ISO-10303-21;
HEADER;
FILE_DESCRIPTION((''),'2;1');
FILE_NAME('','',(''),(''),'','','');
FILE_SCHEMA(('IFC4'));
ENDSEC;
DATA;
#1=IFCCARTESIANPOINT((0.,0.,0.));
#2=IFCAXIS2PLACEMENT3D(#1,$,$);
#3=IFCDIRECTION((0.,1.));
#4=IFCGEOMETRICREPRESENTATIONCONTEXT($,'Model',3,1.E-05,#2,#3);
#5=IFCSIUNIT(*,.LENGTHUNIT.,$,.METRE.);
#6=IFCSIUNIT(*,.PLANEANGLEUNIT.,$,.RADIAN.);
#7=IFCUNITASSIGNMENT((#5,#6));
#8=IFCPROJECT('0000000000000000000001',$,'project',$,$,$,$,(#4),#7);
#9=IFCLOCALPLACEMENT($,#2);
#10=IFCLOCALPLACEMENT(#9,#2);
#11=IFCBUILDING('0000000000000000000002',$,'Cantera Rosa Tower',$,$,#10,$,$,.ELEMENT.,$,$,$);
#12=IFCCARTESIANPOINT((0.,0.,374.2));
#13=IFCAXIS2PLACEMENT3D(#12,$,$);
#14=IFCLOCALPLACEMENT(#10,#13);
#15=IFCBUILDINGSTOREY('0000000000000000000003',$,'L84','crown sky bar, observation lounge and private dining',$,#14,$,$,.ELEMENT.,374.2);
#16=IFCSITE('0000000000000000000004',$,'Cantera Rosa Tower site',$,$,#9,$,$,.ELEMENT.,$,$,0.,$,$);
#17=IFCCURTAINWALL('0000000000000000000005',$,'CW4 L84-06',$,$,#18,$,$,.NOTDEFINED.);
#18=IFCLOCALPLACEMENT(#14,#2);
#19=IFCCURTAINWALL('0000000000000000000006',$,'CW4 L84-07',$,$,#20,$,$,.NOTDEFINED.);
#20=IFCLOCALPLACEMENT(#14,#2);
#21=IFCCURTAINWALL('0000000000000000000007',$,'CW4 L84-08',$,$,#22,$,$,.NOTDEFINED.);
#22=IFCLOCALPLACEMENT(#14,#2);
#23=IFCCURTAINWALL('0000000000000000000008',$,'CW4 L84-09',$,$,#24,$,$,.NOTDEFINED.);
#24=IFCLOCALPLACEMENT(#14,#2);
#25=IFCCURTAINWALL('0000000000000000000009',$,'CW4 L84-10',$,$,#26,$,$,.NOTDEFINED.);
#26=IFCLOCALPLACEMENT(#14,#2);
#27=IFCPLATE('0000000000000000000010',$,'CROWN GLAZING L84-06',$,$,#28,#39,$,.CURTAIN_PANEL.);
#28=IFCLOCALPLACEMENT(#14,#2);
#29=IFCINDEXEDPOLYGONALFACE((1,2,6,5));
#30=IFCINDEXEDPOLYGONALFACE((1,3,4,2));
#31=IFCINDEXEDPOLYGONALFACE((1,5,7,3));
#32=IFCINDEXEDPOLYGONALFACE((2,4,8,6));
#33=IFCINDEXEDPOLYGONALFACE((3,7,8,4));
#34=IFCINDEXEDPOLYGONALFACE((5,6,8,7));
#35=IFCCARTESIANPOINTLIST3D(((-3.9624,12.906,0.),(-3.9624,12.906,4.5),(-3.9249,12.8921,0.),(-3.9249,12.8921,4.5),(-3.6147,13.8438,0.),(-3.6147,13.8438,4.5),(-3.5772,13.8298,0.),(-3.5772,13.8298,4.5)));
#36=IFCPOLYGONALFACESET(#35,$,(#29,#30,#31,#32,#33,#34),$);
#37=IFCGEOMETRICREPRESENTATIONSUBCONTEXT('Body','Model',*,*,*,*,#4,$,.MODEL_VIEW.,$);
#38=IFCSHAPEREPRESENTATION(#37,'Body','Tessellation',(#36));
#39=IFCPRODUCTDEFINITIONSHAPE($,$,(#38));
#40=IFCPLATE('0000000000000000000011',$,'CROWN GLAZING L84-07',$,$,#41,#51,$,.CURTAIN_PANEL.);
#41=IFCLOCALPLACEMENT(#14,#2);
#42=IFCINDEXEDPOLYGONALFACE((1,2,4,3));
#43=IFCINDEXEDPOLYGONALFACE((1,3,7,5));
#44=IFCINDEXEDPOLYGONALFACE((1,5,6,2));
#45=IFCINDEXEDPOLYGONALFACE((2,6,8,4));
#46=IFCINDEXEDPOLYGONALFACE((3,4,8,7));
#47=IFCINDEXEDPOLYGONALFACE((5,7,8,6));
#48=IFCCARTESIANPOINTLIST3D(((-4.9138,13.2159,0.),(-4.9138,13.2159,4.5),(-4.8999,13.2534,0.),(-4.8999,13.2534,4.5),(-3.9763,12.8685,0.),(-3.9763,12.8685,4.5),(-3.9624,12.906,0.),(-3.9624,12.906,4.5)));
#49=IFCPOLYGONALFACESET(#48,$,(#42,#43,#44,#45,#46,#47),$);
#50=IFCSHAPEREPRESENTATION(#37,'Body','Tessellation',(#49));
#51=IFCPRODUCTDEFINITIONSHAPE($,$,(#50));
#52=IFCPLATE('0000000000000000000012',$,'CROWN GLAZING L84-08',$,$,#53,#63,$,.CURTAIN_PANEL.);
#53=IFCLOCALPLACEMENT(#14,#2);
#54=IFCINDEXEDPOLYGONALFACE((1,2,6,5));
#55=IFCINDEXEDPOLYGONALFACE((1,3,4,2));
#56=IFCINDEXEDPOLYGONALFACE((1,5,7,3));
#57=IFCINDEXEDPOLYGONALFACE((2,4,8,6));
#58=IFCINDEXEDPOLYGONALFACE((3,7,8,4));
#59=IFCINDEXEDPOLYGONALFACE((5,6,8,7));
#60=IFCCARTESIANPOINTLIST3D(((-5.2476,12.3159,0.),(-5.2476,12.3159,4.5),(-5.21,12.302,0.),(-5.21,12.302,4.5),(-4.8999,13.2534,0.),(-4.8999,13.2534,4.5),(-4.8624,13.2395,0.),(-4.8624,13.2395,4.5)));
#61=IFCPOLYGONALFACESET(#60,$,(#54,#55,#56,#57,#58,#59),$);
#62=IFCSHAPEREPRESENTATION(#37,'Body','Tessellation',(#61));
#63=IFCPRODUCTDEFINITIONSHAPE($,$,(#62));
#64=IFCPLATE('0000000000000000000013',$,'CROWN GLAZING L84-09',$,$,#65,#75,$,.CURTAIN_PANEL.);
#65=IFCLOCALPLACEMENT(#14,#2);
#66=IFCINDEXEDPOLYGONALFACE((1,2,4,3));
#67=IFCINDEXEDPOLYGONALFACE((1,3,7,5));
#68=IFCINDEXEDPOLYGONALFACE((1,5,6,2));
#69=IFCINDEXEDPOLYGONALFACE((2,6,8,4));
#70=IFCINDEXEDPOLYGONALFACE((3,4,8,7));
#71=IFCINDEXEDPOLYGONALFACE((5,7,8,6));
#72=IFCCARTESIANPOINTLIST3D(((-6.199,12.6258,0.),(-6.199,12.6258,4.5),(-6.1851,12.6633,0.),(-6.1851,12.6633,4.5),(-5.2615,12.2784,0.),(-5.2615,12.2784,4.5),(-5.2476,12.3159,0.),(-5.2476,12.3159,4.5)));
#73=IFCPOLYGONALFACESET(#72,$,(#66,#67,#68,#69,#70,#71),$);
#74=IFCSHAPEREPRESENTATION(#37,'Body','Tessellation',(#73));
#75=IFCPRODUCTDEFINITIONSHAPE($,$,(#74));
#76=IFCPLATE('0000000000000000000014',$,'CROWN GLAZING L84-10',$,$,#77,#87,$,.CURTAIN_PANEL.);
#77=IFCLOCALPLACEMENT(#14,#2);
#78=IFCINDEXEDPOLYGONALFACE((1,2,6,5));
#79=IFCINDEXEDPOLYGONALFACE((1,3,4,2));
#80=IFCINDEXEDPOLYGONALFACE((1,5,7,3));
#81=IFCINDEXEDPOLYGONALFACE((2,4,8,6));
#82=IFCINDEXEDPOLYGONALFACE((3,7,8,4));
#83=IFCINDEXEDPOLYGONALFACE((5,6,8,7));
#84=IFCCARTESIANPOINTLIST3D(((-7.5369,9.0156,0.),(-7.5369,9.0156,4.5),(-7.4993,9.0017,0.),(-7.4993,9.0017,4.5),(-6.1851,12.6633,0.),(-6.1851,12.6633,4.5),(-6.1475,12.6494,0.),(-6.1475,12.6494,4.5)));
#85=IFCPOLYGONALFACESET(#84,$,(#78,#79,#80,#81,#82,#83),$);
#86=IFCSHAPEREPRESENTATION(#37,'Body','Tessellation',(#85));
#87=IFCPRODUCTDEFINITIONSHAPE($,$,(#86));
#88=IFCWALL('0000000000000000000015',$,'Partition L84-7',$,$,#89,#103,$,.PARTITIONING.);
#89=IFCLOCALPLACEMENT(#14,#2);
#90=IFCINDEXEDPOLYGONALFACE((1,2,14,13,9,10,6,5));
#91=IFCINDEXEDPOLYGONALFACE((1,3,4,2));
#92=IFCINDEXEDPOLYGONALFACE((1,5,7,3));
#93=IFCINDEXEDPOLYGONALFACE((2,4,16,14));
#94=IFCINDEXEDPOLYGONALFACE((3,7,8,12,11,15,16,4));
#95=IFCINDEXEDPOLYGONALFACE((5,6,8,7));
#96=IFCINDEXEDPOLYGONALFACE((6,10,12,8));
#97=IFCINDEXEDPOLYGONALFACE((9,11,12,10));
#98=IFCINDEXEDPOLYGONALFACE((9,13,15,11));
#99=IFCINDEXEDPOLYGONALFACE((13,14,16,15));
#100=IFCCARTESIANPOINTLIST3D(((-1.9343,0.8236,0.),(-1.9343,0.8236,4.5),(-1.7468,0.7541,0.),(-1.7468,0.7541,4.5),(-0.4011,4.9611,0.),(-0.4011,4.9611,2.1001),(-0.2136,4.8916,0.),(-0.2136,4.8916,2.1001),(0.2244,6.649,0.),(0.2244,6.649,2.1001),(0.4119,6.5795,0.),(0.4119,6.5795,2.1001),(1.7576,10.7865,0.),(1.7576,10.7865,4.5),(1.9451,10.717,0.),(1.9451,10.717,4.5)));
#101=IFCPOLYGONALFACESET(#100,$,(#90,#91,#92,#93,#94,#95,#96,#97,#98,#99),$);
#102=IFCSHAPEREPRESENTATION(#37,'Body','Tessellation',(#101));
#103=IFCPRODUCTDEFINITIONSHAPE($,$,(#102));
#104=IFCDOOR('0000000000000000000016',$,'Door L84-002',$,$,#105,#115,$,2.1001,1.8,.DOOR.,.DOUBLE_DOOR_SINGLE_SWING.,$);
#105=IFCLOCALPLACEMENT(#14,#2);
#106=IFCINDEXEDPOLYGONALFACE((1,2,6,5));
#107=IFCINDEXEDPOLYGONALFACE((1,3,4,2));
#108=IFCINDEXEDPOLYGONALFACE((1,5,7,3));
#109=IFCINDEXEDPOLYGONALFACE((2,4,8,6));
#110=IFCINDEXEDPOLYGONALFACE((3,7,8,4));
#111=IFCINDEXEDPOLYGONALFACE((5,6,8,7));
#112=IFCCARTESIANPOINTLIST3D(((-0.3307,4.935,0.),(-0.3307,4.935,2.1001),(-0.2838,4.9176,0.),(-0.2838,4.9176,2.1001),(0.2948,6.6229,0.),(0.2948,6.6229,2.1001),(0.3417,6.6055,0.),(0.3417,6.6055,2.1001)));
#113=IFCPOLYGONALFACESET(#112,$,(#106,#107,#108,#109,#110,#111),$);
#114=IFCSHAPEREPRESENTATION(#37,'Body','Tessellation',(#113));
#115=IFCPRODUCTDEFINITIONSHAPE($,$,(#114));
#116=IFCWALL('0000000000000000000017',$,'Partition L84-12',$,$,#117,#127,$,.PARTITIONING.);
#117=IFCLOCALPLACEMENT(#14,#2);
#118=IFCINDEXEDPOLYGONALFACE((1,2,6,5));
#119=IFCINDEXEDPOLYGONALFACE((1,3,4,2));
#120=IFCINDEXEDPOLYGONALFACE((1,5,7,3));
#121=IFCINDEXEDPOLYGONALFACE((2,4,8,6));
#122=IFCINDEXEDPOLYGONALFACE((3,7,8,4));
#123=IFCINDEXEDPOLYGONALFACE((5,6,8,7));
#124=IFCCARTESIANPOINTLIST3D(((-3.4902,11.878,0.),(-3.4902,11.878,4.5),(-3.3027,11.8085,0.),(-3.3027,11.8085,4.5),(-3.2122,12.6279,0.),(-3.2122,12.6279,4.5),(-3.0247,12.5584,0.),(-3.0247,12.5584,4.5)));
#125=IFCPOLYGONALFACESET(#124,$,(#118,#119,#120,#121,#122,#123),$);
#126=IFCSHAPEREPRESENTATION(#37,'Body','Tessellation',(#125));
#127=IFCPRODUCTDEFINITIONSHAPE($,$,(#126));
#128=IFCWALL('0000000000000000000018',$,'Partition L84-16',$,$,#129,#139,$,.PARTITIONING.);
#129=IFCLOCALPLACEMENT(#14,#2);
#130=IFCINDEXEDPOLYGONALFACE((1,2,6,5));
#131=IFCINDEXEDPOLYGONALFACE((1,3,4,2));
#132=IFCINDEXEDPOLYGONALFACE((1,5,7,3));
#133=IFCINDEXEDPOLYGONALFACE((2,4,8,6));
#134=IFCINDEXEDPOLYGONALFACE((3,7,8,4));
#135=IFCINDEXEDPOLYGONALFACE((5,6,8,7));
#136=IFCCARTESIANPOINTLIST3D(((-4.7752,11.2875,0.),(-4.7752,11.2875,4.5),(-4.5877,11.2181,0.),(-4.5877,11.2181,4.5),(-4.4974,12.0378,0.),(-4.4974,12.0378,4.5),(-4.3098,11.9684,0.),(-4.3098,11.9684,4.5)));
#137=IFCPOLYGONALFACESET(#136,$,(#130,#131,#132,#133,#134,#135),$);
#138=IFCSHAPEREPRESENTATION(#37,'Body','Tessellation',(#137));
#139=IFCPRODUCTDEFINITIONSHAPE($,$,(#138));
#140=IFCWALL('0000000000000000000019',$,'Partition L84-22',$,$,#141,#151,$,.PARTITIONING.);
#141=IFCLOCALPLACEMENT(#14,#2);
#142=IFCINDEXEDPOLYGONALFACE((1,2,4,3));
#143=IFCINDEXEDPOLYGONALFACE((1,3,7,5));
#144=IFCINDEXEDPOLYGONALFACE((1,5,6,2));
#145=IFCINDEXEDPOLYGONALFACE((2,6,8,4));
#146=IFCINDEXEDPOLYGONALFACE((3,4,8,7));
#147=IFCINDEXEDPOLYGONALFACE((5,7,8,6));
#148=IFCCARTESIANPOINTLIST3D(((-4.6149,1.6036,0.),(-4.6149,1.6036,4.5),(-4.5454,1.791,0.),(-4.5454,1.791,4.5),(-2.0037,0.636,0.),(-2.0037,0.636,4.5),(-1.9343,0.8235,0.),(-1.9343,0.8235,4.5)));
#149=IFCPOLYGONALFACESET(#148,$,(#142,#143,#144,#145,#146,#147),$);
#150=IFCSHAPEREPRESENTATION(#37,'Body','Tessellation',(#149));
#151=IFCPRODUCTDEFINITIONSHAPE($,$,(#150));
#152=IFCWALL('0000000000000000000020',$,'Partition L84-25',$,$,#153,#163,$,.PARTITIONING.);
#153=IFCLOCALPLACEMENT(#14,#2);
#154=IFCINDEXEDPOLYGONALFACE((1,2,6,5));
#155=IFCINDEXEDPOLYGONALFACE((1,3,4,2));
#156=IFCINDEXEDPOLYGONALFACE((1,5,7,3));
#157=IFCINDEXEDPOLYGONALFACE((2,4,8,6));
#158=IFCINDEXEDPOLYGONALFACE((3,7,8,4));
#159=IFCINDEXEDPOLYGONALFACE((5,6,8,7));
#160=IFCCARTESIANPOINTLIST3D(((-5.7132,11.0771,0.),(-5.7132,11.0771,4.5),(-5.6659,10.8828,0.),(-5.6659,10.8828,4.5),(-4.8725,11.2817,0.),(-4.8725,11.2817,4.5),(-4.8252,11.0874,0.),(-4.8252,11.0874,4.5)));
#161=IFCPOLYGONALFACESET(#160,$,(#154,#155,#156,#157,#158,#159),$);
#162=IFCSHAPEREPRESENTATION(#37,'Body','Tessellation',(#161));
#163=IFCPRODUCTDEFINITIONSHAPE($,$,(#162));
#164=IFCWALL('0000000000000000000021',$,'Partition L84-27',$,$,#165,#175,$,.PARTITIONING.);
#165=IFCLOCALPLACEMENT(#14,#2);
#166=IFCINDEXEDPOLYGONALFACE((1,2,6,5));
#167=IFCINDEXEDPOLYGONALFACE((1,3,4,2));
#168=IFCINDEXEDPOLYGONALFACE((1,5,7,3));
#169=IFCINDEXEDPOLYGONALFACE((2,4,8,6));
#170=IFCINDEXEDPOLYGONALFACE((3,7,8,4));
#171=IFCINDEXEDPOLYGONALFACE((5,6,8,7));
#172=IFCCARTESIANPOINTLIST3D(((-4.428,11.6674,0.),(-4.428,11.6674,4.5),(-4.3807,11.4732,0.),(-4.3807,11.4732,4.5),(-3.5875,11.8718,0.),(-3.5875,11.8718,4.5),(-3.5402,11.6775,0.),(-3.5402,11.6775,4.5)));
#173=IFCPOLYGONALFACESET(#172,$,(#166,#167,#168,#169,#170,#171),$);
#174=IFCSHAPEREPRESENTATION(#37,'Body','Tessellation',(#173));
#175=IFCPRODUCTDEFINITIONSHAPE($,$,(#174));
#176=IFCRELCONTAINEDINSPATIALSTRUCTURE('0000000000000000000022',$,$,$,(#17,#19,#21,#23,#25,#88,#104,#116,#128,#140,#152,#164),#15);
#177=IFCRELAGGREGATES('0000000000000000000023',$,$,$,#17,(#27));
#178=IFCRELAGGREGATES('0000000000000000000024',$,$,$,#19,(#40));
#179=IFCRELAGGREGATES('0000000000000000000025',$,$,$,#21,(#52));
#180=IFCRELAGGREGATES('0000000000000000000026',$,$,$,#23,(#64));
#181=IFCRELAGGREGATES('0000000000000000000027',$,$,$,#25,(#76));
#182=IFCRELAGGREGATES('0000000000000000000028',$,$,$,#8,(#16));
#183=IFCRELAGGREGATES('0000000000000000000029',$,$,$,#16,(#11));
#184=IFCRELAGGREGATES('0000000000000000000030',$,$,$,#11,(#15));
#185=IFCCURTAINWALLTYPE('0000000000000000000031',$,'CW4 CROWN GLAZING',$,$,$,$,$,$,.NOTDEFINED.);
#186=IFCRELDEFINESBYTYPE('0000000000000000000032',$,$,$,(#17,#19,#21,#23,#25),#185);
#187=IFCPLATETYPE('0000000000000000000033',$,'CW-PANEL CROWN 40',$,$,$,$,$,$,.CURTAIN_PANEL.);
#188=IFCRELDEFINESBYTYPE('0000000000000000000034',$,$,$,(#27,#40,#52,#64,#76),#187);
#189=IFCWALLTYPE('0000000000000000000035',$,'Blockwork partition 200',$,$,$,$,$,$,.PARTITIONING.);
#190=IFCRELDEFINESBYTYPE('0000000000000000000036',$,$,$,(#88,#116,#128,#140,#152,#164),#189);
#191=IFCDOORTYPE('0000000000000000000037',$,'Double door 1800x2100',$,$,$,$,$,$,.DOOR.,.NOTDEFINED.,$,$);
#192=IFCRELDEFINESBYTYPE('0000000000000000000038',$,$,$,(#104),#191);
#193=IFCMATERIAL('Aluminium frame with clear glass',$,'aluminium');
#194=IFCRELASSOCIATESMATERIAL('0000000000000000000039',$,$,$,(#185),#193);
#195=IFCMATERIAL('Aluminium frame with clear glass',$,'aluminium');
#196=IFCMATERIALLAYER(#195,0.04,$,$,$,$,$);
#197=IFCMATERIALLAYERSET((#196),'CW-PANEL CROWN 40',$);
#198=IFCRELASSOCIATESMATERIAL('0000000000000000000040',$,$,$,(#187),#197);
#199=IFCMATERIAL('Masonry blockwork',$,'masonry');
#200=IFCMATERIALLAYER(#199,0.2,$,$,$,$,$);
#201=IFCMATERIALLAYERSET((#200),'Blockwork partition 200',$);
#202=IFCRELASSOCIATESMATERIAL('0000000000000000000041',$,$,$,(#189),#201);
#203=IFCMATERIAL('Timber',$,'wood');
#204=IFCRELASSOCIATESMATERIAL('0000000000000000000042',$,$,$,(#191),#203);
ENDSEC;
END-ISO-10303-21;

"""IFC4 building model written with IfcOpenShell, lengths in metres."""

from ifc_helpers import new_model, si_unit, direction, frame, frame_2d, origin, place, context, subcontext, project, spatial, polyline, rectangle, outline, extrude, material, layer, layer_set, type_object, element, fill, aggregate, save


model = new_model("IFC4")

# Units and contexts
model_context = context("Model", 3, precision=1e-05, world=origin(), true_north=direction((0.0, 1.0)))
body_context = subcontext(model_context, "Body", "Model", "MODEL_VIEW")
ifc_project = project(units=[si_unit("LENGTHUNIT", "METRE"), si_unit("PLANEANGLEUNIT", "RADIAN")], contexts=[model_context])

# Site, building, storey
site_placement = place(None, origin())
site = spatial("IfcSite", under=ifc_project, at=site_placement, Name="Cantera Rosa Tower site", CompositionType="ELEMENT", RefElevation=0.0)
building_placement = place(site_placement, origin())
building = spatial("IfcBuilding", under=site, at=building_placement, Name="Cantera Rosa Tower", CompositionType="ELEMENT")
storey_placement = place(building_placement, frame((0.0, 0.0, 374.2)))
storey = spatial("IfcBuildingStorey", under=building, at=storey_placement, Name="L84", Description="crown sky bar, observation lounge and private dining", CompositionType="ELEMENT", Elevation=374.2)

# Curtain walls
ifc_material_1 = material(Name="Aluminium frame with clear glass", Category="aluminium")
curtain_wall_type = type_object("IfcCurtainWallType", Name="CW4 CROWN GLAZING", PredefinedType="NOTDEFINED", material=ifc_material_1)
curtain_wall_1_placement = place(storey_placement, origin())
curtain_wall_1 = element("IfcCurtainWall", 1, at=curtain_wall_1_placement, inside=storey, type_object=curtain_wall_type, Name="CW4 L84-06", PredefinedType="NOTDEFINED")
curtain_wall_2_placement = place(storey_placement, origin())
curtain_wall_2 = element("IfcCurtainWall", 2, at=curtain_wall_2_placement, inside=storey, type_object=curtain_wall_type, Name="CW4 L84-07", PredefinedType="NOTDEFINED")
curtain_wall_3_placement = place(storey_placement, origin())
curtain_wall_3 = element("IfcCurtainWall", 3, at=curtain_wall_3_placement, inside=storey, type_object=curtain_wall_type, Name="CW4 L84-08", PredefinedType="NOTDEFINED")
curtain_wall_4_placement = place(storey_placement, origin())
curtain_wall_4 = element("IfcCurtainWall", 4, at=curtain_wall_4_placement, inside=storey, type_object=curtain_wall_type, Name="CW4 L84-09", PredefinedType="NOTDEFINED")
curtain_wall_5_placement = place(storey_placement, origin())
curtain_wall_5 = element("IfcCurtainWall", 5, at=curtain_wall_5_placement, inside=storey, type_object=curtain_wall_type, Name="CW4 L84-10", PredefinedType="NOTDEFINED")

# Plates
ifc_material_2 = material(Name="Aluminium frame with clear glass", Category="aluminium")
ifc_layer_1 = layer(ifc_material_2, 0.04)
ifc_layer_set_1 = layer_set([ifc_layer_1], Name="CW-PANEL CROWN 40")
plate_type = type_object("IfcPlateType", Name="CW-PANEL CROWN 40", PredefinedType="CURTAIN_PANEL", material=ifc_layer_set_1)
plate_1_placement = place(storey_placement, frame((-3.6147, 13.8438, 0.0), z_axis=(-0.937637, 0.347616, 0.0), x_axis=(-0.347616, -0.937637, 0.0)))
plate_1 = element("IfcPlate", 6, at=plate_1_placement, type_object=plate_type, Name="CROWN GLAZING L84-06", PredefinedType="CURTAIN_PANEL", context=body_context, shape_type="SweptSolid", body=[
    extrude(outline(polyline([(0.0, 0.0), (1.0001, 0.0), (1.0001, 4.5), (0.0, 4.5), (0.0, 0.0)])), origin(), (0.0, 0.0, -1.0), 0.04),
])
aggregate(curtain_wall_1, [plate_1])
plate_2_placement = place(storey_placement, frame((-3.9624, 12.906, 0.0), z_axis=(0.347481, 0.937687, 0.0), x_axis=(-0.937687, 0.347481, 0.0)))
plate_2 = element("IfcPlate", 7, at=plate_2_placement, type_object=plate_type, Name="CROWN GLAZING L84-07", PredefinedType="CURTAIN_PANEL", context=body_context, shape_type="SweptSolid", body=[
    extrude(outline(polyline([(0.0, 0.0), (0.9998, 0.0), (0.9998, 4.5), (0.0, 4.5), (0.0, 0.0)])), origin(), (0.0, 0.0, -1.0), 0.04),
])
aggregate(curtain_wall_2, [plate_2])
plate_3_placement = place(storey_placement, frame((-4.8999, 13.2534, 0.0), z_axis=(-0.937607, 0.347696, 0.0), x_axis=(-0.347696, -0.937607, 0.0)))
plate_3 = element("IfcPlate", 8, at=plate_3_placement, type_object=plate_type, Name="CROWN GLAZING L84-08", PredefinedType="CURTAIN_PANEL", context=body_context, shape_type="SweptSolid", body=[
    extrude(outline(polyline([(0.0, 0.0), (0.9999, 0.0), (0.9999, 4.5), (0.0, 4.5), (0.0, 0.0)])), origin(), (0.0, 0.0, -1.0), 0.04),
])
aggregate(curtain_wall_3, [plate_3])
plate_4_placement = place(storey_placement, frame((-5.2476, 12.3159, 0.0), z_axis=(0.347481, 0.937687, 0.0), x_axis=(-0.937687, 0.347481, 0.0)))
plate_4 = element("IfcPlate", 9, at=plate_4_placement, type_object=plate_type, Name="CROWN GLAZING L84-09", PredefinedType="CURTAIN_PANEL", context=body_context, shape_type="SweptSolid", body=[
    extrude(outline(polyline([(0.0, 0.0), (0.9998, 0.0), (0.9998, 4.5), (0.0, 4.5), (0.0, 0.0)])), origin(), (0.0, 0.0, -1.0), 0.04),
])
aggregate(curtain_wall_4, [plate_4])
plate_5_placement = place(storey_placement, frame((-6.1851, 12.6633, 0.0), z_axis=(-0.937681, 0.347496, 0.0), x_axis=(-0.347496, -0.937681, 0.0)))
plate_5 = element("IfcPlate", 10, at=plate_5_placement, type_object=plate_type, Name="CROWN GLAZING L84-10", PredefinedType="CURTAIN_PANEL", context=body_context, shape_type="SweptSolid", body=[
    extrude(outline(polyline([(0.0, 0.0), (3.8901, 0.0), (3.8901, 4.5), (0.0, 4.5), (0.0, 0.0)])), origin(), (0.0, 0.0, -1.0), 0.04),
])
aggregate(curtain_wall_5, [plate_5])

# Wall, opening, door
ifc_material_3 = material(Name="Masonry blockwork", Category="masonry")
ifc_layer_2 = layer(ifc_material_3, 0.2)
ifc_layer_set_2 = layer_set([ifc_layer_2], Name="Blockwork partition 200")
wall_type = type_object("IfcWallType", Name="Blockwork partition 200", PredefinedType="PARTITIONING", material=ifc_layer_set_2)
wall_1_placement = place(storey_placement, frame((-1.8406, 0.7888, 0.0), z_axis=(0.0, 0.0, 1.0), x_axis=(0.347475, 0.937689, 0.0)))
wall_1 = element("IfcWall", 11, at=wall_1_placement, inside=storey, type_object=wall_type, Name="Partition L84-7", PredefinedType="PARTITIONING", context=body_context, shape_type="SweptSolid", body=[
    extrude(rectangle(XDim=10.625, YDim=0.2, at=frame_2d((5.3125, 0.0))), origin(), (0.0, 0.0, 1.0), 4.5),
])
opening_placement = place(wall_1_placement, frame((4.4126, 0.0, 0.0)))
opening = element("IfcOpeningElement", 12, at=opening_placement, cuts=wall_1, PredefinedType="OPENING", context=body_context, shape_type="SweptSolid", body=[
    extrude(rectangle(XDim=1.8, YDim=2.1001, at=frame_2d((0.8999, 1.05))), frame((0.0, 0.1099, 0.0), z_axis=(0.0, -1.0, 0.0), x_axis=(1.0, 0.0, 0.0)), (0.0, 0.0, 1.0), 0.22),
])
ifc_material_4 = material(Name="Timber", Category="wood")
door_type = type_object("IfcDoorType", Name="Double door 1800x2100", OperationType="NOTDEFINED", PredefinedType="DOOR", material=ifc_material_4)
door_placement = place(opening_placement, origin())
door = element("IfcDoor", 13, at=door_placement, inside=storey, type_object=door_type, Name="Door L84-002", OperationType="DOUBLE_DOOR_SINGLE_SWING", OverallHeight=2.1001, OverallWidth=1.8, PredefinedType="DOOR", context=body_context, shape_type="SweptSolid", body=[
    extrude(rectangle(XDim=1.8, YDim=2.1001, at=frame_2d((0.8999, 1.05))), frame((0.0, 0.0249, 0.0), z_axis=(0.0, -1.0, 0.0), x_axis=(1.0, 0.0, 0.0)), (0.0, 0.0, 1.0), 0.05),
])
fill(opening, door)

# Walls
wall_2_placement = place(storey_placement, frame((-3.3965, 11.8433, 0.0), z_axis=(0.0, 0.0, 1.0), x_axis=(0.347642, 0.937627, 0.0)))
element("IfcWall", 14, at=wall_2_placement, inside=storey, type_object=wall_type, Name="Partition L84-12", PredefinedType="PARTITIONING", context=body_context, shape_type="SweptSolid", body=[
    extrude(rectangle(XDim=0.7998, YDim=0.2, at=frame_2d((0.3999, 0.0))), origin(), (0.0, 0.0, 1.0), 4.5),
])
wall_3_placement = place(storey_placement, frame((-4.6814, 11.2529, 0.0), z_axis=(0.0, 0.0, 1.0), x_axis=(0.347275, 0.937763, 0.0)))
element("IfcWall", 15, at=wall_3_placement, inside=storey, type_object=wall_type, Name="Partition L84-16", PredefinedType="PARTITIONING", context=body_context, shape_type="SweptSolid", body=[
    extrude(rectangle(XDim=0.8, YDim=0.2, at=frame_2d((0.3999, 0.0))), origin(), (0.0, 0.0, 1.0), 4.5),
])
wall_4_placement = place(storey_placement, frame((-1.969, 0.7297, 0.0), z_axis=(0.0, 0.0, 1.0), x_axis=(-0.937695, 0.34746, 0.0)))
element("IfcWall", 16, at=wall_4_placement, inside=storey, type_object=wall_type, Name="Partition L84-22", PredefinedType="PARTITIONING", context=body_context, shape_type="SweptSolid", body=[
    extrude(rectangle(XDim=2.7847, YDim=0.2, at=frame_2d((1.3923, 0.0))), origin(), (0.0, 0.0, 1.0), 4.5),
])
wall_5_placement = place(storey_placement, frame((-4.8489, 11.1846, 0.0), z_axis=(0.0, 0.0, 1.0), x_axis=(-0.971634, -0.236488, 0.0)))
element("IfcWall", 17, at=wall_5_placement, inside=storey, type_object=wall_type, Name="Partition L84-25", PredefinedType="PARTITIONING", context=body_context, shape_type="SweptSolid", body=[
    extrude(rectangle(XDim=0.8652, YDim=0.2, at=frame_2d((0.4326, 0.0))), origin(), (0.0, 0.0, 1.0), 4.5),
])
wall_6_placement = place(storey_placement, frame((-3.5637, 11.7747, 0.0), z_axis=(0.0, 0.0, 1.0), x_axis=(-0.971699, -0.236222, 0.0)))
element("IfcWall", 18, at=wall_6_placement, inside=storey, type_object=wall_type, Name="Partition L84-27", PredefinedType="PARTITIONING", context=body_context, shape_type="SweptSolid", body=[
    extrude(rectangle(XDim=0.865, YDim=0.2, at=frame_2d((0.4326, 0.0))), origin(), (0.0, 0.0, 1.0), 4.5),
])

save(model, "model.ifc")
